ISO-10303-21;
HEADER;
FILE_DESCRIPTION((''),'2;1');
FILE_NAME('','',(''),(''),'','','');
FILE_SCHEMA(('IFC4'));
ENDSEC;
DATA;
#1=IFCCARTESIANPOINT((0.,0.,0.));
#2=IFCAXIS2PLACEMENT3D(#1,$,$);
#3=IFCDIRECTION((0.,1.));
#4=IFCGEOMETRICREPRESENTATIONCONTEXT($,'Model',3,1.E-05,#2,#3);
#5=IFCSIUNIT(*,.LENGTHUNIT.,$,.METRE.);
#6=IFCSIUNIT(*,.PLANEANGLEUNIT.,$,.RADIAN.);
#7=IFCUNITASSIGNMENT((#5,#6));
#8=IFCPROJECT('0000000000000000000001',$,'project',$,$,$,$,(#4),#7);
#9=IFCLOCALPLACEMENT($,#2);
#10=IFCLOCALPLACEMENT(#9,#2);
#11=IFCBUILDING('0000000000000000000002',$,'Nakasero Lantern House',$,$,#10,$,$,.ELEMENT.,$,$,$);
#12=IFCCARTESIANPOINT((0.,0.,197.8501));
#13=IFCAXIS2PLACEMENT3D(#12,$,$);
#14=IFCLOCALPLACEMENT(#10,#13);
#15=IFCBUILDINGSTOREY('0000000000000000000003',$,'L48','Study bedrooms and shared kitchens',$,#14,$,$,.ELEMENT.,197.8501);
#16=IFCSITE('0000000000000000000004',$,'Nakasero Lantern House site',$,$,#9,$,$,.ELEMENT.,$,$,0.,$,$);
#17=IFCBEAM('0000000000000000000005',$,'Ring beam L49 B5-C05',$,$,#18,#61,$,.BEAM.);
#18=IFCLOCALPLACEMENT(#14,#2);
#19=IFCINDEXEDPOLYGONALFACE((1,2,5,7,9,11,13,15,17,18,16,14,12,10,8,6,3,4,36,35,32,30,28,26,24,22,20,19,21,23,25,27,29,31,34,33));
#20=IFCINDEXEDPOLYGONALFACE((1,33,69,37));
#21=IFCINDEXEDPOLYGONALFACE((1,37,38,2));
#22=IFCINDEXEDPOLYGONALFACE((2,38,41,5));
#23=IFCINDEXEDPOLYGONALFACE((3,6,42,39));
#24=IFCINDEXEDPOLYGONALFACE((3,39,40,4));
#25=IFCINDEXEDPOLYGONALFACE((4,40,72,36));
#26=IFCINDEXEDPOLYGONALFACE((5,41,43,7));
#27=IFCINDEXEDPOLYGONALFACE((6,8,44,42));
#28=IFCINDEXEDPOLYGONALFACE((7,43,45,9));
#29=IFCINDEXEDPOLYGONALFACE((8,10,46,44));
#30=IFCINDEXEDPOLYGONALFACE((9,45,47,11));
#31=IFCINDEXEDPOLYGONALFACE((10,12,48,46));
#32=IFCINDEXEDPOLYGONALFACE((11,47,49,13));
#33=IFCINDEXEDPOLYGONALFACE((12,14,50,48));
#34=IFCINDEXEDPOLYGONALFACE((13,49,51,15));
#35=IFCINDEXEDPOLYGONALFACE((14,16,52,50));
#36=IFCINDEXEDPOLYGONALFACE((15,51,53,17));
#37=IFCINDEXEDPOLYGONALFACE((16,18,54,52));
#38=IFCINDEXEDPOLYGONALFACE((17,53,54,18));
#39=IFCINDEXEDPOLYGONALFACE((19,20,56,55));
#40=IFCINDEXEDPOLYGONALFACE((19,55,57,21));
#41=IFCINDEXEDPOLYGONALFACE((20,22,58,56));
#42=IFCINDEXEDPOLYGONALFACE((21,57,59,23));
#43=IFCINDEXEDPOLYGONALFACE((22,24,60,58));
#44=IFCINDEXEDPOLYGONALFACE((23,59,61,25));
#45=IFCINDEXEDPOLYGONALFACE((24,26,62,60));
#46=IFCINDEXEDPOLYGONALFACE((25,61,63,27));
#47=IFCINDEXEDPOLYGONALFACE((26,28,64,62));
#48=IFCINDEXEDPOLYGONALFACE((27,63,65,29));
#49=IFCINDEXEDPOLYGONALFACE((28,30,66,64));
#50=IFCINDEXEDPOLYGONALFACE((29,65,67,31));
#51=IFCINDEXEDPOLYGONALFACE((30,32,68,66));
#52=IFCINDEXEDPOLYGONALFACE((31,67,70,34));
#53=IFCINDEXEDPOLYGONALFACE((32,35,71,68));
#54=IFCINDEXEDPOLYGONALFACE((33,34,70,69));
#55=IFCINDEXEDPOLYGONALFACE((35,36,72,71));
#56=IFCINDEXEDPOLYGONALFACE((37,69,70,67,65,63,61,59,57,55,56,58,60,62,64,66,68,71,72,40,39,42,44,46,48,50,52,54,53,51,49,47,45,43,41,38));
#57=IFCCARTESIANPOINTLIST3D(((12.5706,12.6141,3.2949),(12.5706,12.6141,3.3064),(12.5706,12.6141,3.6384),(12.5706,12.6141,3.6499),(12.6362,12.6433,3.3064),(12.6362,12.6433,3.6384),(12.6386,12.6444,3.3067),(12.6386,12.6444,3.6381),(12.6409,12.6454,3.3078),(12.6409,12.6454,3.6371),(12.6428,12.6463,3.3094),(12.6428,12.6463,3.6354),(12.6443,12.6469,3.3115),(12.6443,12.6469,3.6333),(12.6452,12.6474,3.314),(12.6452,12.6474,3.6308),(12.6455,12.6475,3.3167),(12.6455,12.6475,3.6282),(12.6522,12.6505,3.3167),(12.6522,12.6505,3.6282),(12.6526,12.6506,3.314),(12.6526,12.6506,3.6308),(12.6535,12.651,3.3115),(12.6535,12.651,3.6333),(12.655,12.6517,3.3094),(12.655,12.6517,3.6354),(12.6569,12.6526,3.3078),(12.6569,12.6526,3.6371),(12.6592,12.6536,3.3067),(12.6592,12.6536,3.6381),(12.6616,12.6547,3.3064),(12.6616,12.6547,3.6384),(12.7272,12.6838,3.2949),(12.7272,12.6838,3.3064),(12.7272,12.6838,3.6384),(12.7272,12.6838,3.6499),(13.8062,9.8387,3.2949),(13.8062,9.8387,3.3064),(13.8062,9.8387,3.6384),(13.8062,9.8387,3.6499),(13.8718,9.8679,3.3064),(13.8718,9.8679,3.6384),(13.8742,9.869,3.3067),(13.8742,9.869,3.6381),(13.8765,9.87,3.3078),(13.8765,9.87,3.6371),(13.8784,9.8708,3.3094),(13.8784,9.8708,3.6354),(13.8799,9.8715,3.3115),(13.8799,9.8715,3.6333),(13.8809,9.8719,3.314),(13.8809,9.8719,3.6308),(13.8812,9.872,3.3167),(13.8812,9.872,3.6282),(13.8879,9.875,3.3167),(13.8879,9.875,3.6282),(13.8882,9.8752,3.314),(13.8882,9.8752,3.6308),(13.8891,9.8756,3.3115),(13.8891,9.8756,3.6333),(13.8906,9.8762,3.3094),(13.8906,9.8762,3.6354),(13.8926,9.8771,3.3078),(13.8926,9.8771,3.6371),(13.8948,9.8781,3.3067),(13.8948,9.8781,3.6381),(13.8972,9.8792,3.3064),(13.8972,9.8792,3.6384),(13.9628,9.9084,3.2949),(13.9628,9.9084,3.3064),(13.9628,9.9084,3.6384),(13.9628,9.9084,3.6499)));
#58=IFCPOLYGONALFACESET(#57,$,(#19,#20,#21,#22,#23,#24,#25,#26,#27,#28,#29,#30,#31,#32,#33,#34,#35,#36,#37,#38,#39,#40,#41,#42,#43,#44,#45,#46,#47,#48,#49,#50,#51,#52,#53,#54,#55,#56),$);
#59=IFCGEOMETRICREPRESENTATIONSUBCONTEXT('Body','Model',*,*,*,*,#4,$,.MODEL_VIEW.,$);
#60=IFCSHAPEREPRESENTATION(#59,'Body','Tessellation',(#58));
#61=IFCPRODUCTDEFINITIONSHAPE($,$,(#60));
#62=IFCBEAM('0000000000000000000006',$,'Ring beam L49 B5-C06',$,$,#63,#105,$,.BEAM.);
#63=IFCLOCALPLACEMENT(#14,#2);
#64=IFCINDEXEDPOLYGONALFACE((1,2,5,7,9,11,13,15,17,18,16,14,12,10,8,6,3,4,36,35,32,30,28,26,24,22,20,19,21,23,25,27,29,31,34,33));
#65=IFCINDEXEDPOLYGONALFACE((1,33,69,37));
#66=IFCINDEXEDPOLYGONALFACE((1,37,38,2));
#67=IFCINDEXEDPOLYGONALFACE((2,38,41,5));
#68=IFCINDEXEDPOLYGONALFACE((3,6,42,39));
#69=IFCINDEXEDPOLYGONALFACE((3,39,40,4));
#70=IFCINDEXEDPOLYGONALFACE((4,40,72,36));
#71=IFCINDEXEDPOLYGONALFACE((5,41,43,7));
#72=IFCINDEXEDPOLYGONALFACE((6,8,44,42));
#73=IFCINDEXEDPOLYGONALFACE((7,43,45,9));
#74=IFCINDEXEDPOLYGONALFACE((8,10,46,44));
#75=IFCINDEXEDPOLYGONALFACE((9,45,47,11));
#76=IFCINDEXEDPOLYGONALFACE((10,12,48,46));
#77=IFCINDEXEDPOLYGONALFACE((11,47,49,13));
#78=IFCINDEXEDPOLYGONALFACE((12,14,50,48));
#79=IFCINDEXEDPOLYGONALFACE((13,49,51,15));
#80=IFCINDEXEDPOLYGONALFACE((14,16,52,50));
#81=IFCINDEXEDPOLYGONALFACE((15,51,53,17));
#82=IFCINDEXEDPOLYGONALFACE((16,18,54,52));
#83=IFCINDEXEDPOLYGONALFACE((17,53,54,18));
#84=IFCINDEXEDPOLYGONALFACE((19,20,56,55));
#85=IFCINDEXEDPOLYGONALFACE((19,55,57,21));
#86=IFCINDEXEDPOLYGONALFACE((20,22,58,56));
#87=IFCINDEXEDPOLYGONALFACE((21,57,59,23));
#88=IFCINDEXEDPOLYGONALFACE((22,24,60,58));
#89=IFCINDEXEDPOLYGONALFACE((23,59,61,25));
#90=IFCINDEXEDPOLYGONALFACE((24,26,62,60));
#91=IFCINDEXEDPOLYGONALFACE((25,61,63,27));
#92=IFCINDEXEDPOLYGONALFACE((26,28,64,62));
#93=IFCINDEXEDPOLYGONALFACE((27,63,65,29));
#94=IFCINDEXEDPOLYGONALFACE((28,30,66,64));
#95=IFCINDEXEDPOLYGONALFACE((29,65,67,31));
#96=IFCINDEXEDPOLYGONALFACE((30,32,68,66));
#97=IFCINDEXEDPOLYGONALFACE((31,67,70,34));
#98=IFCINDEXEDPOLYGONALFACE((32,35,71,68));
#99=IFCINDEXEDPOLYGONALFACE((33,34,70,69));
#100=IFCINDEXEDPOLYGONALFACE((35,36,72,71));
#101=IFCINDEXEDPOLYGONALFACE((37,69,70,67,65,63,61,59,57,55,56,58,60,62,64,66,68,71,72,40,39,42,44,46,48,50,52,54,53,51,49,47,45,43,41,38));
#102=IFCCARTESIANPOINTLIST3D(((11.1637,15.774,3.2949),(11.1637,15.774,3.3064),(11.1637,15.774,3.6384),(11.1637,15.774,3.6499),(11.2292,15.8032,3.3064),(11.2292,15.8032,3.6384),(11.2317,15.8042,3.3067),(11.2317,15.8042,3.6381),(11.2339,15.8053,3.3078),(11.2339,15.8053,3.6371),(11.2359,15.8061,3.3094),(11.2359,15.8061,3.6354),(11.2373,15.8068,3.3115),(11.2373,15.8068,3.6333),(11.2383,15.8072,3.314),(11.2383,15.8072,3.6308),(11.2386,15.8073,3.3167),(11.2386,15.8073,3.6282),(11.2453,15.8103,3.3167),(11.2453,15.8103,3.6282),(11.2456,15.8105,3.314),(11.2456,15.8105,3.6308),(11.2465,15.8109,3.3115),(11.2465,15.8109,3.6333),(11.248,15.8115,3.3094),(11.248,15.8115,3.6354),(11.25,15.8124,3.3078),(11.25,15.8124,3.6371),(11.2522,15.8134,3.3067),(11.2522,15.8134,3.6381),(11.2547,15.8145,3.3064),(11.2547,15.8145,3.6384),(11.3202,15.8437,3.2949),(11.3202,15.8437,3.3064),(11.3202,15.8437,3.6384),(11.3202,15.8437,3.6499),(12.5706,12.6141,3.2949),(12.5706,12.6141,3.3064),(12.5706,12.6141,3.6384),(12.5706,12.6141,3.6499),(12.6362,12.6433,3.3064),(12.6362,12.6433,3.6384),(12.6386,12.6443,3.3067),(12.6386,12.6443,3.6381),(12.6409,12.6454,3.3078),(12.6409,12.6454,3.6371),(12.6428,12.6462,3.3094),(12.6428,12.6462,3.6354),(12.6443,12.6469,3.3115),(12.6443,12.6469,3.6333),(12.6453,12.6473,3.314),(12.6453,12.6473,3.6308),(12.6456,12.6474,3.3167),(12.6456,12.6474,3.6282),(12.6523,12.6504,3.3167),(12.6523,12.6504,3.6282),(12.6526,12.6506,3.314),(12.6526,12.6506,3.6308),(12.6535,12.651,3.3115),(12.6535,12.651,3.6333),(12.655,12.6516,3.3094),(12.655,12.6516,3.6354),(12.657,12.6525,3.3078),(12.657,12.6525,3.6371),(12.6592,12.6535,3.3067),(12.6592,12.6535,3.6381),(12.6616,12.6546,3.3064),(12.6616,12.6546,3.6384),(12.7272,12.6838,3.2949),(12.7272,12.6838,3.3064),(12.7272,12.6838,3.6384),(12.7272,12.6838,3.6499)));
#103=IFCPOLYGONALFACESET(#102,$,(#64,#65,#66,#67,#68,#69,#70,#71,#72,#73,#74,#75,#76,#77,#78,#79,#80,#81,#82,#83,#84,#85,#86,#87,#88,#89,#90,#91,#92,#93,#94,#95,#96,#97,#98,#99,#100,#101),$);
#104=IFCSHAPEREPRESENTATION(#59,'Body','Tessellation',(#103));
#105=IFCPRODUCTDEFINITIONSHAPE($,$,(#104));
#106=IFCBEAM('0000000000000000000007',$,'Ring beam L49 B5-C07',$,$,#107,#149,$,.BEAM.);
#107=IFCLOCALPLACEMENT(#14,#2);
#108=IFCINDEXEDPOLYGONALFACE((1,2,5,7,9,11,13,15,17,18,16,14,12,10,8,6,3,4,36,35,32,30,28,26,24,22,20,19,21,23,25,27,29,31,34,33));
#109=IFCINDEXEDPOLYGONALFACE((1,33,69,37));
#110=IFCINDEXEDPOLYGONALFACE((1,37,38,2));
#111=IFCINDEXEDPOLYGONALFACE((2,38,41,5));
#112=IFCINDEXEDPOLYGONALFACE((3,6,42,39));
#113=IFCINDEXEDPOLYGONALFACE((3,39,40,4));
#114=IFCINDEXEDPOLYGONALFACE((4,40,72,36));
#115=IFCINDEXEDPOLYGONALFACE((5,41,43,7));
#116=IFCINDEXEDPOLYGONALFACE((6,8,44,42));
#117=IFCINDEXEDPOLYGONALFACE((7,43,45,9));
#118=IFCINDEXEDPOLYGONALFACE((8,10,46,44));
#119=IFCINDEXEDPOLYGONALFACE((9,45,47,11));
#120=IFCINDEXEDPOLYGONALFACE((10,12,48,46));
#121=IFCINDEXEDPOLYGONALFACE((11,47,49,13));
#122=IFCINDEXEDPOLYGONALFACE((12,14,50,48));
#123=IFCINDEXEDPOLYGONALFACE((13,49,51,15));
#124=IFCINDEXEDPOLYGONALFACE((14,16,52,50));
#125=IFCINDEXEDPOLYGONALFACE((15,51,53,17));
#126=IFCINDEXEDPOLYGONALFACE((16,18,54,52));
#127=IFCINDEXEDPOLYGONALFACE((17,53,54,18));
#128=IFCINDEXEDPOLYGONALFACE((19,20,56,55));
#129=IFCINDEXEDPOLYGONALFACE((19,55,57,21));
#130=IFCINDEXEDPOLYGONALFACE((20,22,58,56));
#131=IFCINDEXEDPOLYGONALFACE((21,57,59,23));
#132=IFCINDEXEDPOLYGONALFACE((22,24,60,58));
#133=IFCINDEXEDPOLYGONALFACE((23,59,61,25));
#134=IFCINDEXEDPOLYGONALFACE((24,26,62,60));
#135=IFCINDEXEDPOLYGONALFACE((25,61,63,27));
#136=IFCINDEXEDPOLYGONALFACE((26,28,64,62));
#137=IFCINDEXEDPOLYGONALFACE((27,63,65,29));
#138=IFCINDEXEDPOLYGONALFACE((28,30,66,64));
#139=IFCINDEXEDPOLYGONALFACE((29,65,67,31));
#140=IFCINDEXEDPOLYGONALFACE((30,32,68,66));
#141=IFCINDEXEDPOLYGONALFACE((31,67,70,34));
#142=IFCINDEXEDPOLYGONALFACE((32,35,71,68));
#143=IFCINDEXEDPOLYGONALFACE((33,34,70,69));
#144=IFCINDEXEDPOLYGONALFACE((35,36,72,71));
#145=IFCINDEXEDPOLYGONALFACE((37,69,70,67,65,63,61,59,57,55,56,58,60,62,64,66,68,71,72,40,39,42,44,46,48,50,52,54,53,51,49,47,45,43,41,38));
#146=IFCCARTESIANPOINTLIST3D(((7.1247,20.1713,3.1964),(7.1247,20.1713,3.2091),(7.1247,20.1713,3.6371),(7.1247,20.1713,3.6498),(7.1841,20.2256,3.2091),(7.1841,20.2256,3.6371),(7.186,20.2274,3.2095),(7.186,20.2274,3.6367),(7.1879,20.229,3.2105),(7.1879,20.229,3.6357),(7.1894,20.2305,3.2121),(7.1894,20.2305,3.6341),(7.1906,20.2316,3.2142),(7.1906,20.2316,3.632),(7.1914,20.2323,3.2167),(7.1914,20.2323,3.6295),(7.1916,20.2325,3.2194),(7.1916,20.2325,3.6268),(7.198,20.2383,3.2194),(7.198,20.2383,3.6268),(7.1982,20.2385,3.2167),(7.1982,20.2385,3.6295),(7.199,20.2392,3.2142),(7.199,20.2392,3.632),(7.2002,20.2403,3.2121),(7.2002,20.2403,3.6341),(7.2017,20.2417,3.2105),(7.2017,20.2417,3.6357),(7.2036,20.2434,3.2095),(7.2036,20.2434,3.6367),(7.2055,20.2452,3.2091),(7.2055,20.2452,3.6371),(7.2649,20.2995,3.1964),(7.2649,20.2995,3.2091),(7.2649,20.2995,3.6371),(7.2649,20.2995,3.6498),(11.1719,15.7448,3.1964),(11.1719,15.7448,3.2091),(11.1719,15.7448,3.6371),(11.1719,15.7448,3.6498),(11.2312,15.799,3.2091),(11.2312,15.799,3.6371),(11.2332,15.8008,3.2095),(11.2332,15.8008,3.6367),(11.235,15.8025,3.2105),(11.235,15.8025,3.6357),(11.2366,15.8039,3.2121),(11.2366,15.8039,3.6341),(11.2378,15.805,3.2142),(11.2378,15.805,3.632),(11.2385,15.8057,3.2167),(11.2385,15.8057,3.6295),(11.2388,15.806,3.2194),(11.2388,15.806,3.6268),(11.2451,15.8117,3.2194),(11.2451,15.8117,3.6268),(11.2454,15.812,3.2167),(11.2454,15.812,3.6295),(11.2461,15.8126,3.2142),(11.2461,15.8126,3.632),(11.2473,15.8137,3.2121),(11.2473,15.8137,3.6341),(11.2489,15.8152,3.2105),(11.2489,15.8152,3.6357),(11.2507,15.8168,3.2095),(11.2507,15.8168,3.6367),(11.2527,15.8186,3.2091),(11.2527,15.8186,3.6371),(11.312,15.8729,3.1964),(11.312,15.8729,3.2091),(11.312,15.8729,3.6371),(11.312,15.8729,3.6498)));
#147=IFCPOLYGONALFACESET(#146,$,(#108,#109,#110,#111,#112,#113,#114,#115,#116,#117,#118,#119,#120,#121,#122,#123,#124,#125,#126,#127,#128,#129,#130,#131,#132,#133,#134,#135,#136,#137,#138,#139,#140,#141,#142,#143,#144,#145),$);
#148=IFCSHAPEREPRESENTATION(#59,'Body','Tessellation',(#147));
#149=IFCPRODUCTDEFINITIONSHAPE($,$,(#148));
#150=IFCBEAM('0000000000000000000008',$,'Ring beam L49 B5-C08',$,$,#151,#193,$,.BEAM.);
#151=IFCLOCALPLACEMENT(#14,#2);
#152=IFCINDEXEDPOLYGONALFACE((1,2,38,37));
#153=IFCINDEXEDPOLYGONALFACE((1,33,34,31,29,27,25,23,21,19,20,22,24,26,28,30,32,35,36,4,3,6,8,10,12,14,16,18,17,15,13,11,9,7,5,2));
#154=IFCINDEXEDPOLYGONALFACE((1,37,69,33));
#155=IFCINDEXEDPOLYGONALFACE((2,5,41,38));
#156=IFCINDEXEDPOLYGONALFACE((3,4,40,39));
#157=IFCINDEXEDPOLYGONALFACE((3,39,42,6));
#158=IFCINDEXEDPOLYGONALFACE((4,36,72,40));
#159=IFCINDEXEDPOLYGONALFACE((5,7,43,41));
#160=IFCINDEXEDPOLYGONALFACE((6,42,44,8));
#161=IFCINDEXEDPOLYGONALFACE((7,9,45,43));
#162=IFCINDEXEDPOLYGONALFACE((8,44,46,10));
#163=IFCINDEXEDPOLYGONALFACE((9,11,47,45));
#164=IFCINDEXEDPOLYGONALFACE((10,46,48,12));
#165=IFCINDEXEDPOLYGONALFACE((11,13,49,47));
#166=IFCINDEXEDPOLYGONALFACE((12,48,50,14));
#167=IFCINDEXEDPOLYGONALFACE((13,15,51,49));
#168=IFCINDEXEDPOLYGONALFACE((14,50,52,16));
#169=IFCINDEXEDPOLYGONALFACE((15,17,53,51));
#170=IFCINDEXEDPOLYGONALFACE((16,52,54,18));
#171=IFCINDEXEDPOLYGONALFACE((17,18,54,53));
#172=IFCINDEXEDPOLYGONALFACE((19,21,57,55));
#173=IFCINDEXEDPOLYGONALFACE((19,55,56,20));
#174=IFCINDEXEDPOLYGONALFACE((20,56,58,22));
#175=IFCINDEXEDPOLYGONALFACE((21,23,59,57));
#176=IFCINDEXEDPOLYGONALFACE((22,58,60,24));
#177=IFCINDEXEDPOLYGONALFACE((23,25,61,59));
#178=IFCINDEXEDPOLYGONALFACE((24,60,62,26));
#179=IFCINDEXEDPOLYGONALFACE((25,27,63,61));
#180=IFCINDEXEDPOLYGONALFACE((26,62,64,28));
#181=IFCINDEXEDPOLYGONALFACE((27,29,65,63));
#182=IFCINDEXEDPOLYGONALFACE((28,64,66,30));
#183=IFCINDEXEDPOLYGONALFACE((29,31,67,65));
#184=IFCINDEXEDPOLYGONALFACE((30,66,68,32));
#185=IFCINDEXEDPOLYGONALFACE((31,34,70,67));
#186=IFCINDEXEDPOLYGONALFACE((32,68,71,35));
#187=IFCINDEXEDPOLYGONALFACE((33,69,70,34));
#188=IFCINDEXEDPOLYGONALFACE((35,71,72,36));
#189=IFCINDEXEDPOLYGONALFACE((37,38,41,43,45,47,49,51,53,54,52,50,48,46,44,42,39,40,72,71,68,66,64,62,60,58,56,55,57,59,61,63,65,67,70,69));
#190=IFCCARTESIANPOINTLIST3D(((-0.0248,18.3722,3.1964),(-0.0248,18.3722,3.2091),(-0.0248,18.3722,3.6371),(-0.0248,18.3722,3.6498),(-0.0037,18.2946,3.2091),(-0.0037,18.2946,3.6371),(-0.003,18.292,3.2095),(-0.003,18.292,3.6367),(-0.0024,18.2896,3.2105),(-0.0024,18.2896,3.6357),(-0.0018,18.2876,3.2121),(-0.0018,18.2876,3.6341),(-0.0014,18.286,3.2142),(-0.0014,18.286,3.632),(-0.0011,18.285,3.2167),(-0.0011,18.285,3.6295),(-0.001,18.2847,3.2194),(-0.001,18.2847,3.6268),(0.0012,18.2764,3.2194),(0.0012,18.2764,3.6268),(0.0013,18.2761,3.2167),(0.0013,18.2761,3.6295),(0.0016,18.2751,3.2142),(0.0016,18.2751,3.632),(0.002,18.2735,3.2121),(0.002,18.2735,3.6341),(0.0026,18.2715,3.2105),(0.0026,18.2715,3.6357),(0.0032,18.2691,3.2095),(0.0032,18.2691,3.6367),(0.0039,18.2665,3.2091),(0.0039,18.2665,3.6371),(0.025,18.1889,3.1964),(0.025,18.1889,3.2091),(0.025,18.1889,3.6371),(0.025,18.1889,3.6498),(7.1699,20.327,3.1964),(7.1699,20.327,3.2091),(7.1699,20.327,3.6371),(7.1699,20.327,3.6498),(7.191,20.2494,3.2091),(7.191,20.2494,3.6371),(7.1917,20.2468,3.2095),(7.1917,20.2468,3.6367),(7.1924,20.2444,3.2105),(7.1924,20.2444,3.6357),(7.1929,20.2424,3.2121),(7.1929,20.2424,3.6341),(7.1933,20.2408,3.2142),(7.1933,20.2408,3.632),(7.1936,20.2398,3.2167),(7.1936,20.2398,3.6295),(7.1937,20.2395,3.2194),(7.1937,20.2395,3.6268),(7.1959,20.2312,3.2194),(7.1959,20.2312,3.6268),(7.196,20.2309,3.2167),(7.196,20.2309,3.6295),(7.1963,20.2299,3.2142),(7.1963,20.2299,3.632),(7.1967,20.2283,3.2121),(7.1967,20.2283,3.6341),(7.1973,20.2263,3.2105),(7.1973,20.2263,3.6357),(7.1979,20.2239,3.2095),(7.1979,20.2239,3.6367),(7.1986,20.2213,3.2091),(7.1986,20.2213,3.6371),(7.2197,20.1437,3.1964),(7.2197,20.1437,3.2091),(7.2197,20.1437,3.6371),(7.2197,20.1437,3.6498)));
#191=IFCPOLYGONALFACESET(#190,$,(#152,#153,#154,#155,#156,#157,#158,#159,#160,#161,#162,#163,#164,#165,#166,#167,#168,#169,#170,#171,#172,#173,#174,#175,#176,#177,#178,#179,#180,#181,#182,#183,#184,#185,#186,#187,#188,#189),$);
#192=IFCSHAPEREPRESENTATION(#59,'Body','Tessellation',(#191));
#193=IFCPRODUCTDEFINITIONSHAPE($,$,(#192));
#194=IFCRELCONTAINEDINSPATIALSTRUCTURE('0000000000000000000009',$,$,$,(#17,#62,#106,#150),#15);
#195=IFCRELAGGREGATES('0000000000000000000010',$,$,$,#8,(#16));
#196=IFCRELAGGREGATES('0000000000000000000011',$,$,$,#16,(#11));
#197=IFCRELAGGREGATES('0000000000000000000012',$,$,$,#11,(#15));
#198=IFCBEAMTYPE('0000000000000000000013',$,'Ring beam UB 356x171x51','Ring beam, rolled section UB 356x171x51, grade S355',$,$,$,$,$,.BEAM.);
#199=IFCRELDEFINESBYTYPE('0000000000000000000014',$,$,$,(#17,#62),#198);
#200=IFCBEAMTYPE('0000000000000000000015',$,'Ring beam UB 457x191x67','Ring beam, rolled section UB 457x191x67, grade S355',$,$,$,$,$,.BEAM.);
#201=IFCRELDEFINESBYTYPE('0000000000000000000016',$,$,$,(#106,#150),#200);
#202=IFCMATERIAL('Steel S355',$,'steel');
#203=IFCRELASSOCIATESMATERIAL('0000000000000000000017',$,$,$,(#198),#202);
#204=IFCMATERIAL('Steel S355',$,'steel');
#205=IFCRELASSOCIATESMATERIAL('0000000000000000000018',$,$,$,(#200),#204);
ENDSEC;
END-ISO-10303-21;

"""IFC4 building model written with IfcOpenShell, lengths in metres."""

from ifc_helpers import new_model, si_unit, direction, frame, origin, origin_2d, place, context, subcontext, project, spatial, i_section, extrude, material, material_profile, profile_set, type_object, element, save


model = new_model("IFC4")

# Units and contexts
model_context = context("Model", 3, precision=1e-05, world=origin(), true_north=direction((0.0, 1.0)))
body_context = subcontext(model_context, "Body", "Model", "MODEL_VIEW")
ifc_project = project(units=[si_unit("LENGTHUNIT", "METRE"), si_unit("PLANEANGLEUNIT", "RADIAN")], contexts=[model_context])

# Site, building, storey
site_placement = place(None, origin())
site = spatial("IfcSite", under=ifc_project, at=site_placement, Name="Nakasero Lantern House site", CompositionType="ELEMENT", RefElevation=0.0)
building_placement = place(site_placement, origin())
building = spatial("IfcBuilding", under=site, at=building_placement, Name="Nakasero Lantern House", CompositionType="ELEMENT")
storey_placement = place(building_placement, frame((0.0, 0.0, 197.8501)))
storey = spatial("IfcBuildingStorey", under=building, at=storey_placement, Name="L48", Description="Study bedrooms and shared kitchens", CompositionType="ELEMENT", Elevation=197.8501)

# Beams
ifc_material_1 = material(Name="Steel S355", Category="steel")
ifc_material_profile_1 = material_profile(ifc_material_1, i_section(OverallWidth=0.1714, OverallDepth=0.355, WebThickness=0.0073, FlangeThickness=0.0115, FilletRadius=0.0103, at=origin_2d()), Name="UB 356x171x51")
ifc_profile_set_1 = profile_set([ifc_material_profile_1], Name="Steel S355")
beam_type_1 = type_object("IfcBeamType", Name="Ring beam UB 356x171x51", Description="Ring beam, rolled section UB 356x171x51, grade S355", PredefinedType="BEAM", material=ifc_profile_set_1)
beam_1_placement = place(storey_placement, frame((13.8845, 9.8735, 3.4724), z_axis=(-0.406713, 0.913556, 0.0), x_axis=(-0.913556, -0.406713, 0.0)))
element("IfcBeam", 1, at=beam_1_placement, inside=storey, type_object=beam_type_1, Name="Ring beam L49 B5-C05", PredefinedType="BEAM", context=body_context, shape_type="SweptSolid", body=[
    extrude(i_section(OverallWidth=0.1714, OverallDepth=0.355, WebThickness=0.0073, FlangeThickness=0.0115, FilletRadius=0.0103, at=origin_2d()), origin(), (0.0, 0.0, 1.0), 3.0381),
])
beam_2_placement = place(storey_placement, frame((12.6489, 12.6489, 3.4724), z_axis=(-0.406761, 0.913535, 0.0), x_axis=(-0.913535, -0.406761, 0.0)))
element("IfcBeam", 2, at=beam_2_placement, inside=storey, type_object=beam_type_1, Name="Ring beam L49 B5-C06", PredefinedType="BEAM", context=body_context, shape_type="SweptSolid", body=[
    extrude(i_section(OverallWidth=0.1714, OverallDepth=0.355, WebThickness=0.0073, FlangeThickness=0.0115, FilletRadius=0.0103, at=origin_2d()), origin(), (0.0, 0.0, 1.0), 3.459),
])
ifc_material_2 = material(Name="Steel S355", Category="steel")
ifc_material_profile_2 = material_profile(ifc_material_2, i_section(OverallWidth=0.1899, OverallDepth=0.4534, WebThickness=0.0085, FlangeThickness=0.0127, FilletRadius=0.0103, at=origin_2d()), Name="UB 457x191x67")
ifc_profile_set_2 = profile_set([ifc_material_profile_2], Name="Steel S355")
beam_type_2 = type_object("IfcBeamType", Name="Ring beam UB 457x191x67", Description="Ring beam, rolled section UB 457x191x67, grade S355", PredefinedType="BEAM", material=ifc_profile_set_2)
beam_3_placement = place(storey_placement, frame((11.2419, 15.8088, 3.4231), z_axis=(-0.674771, 0.738027, 0.0), x_axis=(-0.738027, -0.674771, 0.0)))
element("IfcBeam", 3, at=beam_3_placement, inside=storey, type_object=beam_type_2, Name="Ring beam L49 B5-C07", PredefinedType="BEAM", context=body_context, shape_type="SweptSolid", body=[
    extrude(i_section(OverallWidth=0.1899, OverallDepth=0.4534, WebThickness=0.0085, FlangeThickness=0.0127, FilletRadius=0.0103, at=origin_2d()), origin(), (0.0, 0.0, 1.0), 5.9978),
])
beam_4_placement = place(storey_placement, frame((7.1948, 20.2354, 3.4231), z_axis=(-0.965015, -0.262195, 0.0), x_axis=(0.262195, -0.965015, 0.0)))
element("IfcBeam", 4, at=beam_4_placement, inside=storey, type_object=beam_type_2, Name="Ring beam L49 B5-C08", PredefinedType="BEAM", context=body_context, shape_type="SweptSolid", body=[
    extrude(i_section(OverallWidth=0.1899, OverallDepth=0.4534, WebThickness=0.0085, FlangeThickness=0.0127, FilletRadius=0.0103, at=origin_2d()), origin(), (0.0, 0.0, 1.0), 7.4556),
])

save(model, "model.ifc")
